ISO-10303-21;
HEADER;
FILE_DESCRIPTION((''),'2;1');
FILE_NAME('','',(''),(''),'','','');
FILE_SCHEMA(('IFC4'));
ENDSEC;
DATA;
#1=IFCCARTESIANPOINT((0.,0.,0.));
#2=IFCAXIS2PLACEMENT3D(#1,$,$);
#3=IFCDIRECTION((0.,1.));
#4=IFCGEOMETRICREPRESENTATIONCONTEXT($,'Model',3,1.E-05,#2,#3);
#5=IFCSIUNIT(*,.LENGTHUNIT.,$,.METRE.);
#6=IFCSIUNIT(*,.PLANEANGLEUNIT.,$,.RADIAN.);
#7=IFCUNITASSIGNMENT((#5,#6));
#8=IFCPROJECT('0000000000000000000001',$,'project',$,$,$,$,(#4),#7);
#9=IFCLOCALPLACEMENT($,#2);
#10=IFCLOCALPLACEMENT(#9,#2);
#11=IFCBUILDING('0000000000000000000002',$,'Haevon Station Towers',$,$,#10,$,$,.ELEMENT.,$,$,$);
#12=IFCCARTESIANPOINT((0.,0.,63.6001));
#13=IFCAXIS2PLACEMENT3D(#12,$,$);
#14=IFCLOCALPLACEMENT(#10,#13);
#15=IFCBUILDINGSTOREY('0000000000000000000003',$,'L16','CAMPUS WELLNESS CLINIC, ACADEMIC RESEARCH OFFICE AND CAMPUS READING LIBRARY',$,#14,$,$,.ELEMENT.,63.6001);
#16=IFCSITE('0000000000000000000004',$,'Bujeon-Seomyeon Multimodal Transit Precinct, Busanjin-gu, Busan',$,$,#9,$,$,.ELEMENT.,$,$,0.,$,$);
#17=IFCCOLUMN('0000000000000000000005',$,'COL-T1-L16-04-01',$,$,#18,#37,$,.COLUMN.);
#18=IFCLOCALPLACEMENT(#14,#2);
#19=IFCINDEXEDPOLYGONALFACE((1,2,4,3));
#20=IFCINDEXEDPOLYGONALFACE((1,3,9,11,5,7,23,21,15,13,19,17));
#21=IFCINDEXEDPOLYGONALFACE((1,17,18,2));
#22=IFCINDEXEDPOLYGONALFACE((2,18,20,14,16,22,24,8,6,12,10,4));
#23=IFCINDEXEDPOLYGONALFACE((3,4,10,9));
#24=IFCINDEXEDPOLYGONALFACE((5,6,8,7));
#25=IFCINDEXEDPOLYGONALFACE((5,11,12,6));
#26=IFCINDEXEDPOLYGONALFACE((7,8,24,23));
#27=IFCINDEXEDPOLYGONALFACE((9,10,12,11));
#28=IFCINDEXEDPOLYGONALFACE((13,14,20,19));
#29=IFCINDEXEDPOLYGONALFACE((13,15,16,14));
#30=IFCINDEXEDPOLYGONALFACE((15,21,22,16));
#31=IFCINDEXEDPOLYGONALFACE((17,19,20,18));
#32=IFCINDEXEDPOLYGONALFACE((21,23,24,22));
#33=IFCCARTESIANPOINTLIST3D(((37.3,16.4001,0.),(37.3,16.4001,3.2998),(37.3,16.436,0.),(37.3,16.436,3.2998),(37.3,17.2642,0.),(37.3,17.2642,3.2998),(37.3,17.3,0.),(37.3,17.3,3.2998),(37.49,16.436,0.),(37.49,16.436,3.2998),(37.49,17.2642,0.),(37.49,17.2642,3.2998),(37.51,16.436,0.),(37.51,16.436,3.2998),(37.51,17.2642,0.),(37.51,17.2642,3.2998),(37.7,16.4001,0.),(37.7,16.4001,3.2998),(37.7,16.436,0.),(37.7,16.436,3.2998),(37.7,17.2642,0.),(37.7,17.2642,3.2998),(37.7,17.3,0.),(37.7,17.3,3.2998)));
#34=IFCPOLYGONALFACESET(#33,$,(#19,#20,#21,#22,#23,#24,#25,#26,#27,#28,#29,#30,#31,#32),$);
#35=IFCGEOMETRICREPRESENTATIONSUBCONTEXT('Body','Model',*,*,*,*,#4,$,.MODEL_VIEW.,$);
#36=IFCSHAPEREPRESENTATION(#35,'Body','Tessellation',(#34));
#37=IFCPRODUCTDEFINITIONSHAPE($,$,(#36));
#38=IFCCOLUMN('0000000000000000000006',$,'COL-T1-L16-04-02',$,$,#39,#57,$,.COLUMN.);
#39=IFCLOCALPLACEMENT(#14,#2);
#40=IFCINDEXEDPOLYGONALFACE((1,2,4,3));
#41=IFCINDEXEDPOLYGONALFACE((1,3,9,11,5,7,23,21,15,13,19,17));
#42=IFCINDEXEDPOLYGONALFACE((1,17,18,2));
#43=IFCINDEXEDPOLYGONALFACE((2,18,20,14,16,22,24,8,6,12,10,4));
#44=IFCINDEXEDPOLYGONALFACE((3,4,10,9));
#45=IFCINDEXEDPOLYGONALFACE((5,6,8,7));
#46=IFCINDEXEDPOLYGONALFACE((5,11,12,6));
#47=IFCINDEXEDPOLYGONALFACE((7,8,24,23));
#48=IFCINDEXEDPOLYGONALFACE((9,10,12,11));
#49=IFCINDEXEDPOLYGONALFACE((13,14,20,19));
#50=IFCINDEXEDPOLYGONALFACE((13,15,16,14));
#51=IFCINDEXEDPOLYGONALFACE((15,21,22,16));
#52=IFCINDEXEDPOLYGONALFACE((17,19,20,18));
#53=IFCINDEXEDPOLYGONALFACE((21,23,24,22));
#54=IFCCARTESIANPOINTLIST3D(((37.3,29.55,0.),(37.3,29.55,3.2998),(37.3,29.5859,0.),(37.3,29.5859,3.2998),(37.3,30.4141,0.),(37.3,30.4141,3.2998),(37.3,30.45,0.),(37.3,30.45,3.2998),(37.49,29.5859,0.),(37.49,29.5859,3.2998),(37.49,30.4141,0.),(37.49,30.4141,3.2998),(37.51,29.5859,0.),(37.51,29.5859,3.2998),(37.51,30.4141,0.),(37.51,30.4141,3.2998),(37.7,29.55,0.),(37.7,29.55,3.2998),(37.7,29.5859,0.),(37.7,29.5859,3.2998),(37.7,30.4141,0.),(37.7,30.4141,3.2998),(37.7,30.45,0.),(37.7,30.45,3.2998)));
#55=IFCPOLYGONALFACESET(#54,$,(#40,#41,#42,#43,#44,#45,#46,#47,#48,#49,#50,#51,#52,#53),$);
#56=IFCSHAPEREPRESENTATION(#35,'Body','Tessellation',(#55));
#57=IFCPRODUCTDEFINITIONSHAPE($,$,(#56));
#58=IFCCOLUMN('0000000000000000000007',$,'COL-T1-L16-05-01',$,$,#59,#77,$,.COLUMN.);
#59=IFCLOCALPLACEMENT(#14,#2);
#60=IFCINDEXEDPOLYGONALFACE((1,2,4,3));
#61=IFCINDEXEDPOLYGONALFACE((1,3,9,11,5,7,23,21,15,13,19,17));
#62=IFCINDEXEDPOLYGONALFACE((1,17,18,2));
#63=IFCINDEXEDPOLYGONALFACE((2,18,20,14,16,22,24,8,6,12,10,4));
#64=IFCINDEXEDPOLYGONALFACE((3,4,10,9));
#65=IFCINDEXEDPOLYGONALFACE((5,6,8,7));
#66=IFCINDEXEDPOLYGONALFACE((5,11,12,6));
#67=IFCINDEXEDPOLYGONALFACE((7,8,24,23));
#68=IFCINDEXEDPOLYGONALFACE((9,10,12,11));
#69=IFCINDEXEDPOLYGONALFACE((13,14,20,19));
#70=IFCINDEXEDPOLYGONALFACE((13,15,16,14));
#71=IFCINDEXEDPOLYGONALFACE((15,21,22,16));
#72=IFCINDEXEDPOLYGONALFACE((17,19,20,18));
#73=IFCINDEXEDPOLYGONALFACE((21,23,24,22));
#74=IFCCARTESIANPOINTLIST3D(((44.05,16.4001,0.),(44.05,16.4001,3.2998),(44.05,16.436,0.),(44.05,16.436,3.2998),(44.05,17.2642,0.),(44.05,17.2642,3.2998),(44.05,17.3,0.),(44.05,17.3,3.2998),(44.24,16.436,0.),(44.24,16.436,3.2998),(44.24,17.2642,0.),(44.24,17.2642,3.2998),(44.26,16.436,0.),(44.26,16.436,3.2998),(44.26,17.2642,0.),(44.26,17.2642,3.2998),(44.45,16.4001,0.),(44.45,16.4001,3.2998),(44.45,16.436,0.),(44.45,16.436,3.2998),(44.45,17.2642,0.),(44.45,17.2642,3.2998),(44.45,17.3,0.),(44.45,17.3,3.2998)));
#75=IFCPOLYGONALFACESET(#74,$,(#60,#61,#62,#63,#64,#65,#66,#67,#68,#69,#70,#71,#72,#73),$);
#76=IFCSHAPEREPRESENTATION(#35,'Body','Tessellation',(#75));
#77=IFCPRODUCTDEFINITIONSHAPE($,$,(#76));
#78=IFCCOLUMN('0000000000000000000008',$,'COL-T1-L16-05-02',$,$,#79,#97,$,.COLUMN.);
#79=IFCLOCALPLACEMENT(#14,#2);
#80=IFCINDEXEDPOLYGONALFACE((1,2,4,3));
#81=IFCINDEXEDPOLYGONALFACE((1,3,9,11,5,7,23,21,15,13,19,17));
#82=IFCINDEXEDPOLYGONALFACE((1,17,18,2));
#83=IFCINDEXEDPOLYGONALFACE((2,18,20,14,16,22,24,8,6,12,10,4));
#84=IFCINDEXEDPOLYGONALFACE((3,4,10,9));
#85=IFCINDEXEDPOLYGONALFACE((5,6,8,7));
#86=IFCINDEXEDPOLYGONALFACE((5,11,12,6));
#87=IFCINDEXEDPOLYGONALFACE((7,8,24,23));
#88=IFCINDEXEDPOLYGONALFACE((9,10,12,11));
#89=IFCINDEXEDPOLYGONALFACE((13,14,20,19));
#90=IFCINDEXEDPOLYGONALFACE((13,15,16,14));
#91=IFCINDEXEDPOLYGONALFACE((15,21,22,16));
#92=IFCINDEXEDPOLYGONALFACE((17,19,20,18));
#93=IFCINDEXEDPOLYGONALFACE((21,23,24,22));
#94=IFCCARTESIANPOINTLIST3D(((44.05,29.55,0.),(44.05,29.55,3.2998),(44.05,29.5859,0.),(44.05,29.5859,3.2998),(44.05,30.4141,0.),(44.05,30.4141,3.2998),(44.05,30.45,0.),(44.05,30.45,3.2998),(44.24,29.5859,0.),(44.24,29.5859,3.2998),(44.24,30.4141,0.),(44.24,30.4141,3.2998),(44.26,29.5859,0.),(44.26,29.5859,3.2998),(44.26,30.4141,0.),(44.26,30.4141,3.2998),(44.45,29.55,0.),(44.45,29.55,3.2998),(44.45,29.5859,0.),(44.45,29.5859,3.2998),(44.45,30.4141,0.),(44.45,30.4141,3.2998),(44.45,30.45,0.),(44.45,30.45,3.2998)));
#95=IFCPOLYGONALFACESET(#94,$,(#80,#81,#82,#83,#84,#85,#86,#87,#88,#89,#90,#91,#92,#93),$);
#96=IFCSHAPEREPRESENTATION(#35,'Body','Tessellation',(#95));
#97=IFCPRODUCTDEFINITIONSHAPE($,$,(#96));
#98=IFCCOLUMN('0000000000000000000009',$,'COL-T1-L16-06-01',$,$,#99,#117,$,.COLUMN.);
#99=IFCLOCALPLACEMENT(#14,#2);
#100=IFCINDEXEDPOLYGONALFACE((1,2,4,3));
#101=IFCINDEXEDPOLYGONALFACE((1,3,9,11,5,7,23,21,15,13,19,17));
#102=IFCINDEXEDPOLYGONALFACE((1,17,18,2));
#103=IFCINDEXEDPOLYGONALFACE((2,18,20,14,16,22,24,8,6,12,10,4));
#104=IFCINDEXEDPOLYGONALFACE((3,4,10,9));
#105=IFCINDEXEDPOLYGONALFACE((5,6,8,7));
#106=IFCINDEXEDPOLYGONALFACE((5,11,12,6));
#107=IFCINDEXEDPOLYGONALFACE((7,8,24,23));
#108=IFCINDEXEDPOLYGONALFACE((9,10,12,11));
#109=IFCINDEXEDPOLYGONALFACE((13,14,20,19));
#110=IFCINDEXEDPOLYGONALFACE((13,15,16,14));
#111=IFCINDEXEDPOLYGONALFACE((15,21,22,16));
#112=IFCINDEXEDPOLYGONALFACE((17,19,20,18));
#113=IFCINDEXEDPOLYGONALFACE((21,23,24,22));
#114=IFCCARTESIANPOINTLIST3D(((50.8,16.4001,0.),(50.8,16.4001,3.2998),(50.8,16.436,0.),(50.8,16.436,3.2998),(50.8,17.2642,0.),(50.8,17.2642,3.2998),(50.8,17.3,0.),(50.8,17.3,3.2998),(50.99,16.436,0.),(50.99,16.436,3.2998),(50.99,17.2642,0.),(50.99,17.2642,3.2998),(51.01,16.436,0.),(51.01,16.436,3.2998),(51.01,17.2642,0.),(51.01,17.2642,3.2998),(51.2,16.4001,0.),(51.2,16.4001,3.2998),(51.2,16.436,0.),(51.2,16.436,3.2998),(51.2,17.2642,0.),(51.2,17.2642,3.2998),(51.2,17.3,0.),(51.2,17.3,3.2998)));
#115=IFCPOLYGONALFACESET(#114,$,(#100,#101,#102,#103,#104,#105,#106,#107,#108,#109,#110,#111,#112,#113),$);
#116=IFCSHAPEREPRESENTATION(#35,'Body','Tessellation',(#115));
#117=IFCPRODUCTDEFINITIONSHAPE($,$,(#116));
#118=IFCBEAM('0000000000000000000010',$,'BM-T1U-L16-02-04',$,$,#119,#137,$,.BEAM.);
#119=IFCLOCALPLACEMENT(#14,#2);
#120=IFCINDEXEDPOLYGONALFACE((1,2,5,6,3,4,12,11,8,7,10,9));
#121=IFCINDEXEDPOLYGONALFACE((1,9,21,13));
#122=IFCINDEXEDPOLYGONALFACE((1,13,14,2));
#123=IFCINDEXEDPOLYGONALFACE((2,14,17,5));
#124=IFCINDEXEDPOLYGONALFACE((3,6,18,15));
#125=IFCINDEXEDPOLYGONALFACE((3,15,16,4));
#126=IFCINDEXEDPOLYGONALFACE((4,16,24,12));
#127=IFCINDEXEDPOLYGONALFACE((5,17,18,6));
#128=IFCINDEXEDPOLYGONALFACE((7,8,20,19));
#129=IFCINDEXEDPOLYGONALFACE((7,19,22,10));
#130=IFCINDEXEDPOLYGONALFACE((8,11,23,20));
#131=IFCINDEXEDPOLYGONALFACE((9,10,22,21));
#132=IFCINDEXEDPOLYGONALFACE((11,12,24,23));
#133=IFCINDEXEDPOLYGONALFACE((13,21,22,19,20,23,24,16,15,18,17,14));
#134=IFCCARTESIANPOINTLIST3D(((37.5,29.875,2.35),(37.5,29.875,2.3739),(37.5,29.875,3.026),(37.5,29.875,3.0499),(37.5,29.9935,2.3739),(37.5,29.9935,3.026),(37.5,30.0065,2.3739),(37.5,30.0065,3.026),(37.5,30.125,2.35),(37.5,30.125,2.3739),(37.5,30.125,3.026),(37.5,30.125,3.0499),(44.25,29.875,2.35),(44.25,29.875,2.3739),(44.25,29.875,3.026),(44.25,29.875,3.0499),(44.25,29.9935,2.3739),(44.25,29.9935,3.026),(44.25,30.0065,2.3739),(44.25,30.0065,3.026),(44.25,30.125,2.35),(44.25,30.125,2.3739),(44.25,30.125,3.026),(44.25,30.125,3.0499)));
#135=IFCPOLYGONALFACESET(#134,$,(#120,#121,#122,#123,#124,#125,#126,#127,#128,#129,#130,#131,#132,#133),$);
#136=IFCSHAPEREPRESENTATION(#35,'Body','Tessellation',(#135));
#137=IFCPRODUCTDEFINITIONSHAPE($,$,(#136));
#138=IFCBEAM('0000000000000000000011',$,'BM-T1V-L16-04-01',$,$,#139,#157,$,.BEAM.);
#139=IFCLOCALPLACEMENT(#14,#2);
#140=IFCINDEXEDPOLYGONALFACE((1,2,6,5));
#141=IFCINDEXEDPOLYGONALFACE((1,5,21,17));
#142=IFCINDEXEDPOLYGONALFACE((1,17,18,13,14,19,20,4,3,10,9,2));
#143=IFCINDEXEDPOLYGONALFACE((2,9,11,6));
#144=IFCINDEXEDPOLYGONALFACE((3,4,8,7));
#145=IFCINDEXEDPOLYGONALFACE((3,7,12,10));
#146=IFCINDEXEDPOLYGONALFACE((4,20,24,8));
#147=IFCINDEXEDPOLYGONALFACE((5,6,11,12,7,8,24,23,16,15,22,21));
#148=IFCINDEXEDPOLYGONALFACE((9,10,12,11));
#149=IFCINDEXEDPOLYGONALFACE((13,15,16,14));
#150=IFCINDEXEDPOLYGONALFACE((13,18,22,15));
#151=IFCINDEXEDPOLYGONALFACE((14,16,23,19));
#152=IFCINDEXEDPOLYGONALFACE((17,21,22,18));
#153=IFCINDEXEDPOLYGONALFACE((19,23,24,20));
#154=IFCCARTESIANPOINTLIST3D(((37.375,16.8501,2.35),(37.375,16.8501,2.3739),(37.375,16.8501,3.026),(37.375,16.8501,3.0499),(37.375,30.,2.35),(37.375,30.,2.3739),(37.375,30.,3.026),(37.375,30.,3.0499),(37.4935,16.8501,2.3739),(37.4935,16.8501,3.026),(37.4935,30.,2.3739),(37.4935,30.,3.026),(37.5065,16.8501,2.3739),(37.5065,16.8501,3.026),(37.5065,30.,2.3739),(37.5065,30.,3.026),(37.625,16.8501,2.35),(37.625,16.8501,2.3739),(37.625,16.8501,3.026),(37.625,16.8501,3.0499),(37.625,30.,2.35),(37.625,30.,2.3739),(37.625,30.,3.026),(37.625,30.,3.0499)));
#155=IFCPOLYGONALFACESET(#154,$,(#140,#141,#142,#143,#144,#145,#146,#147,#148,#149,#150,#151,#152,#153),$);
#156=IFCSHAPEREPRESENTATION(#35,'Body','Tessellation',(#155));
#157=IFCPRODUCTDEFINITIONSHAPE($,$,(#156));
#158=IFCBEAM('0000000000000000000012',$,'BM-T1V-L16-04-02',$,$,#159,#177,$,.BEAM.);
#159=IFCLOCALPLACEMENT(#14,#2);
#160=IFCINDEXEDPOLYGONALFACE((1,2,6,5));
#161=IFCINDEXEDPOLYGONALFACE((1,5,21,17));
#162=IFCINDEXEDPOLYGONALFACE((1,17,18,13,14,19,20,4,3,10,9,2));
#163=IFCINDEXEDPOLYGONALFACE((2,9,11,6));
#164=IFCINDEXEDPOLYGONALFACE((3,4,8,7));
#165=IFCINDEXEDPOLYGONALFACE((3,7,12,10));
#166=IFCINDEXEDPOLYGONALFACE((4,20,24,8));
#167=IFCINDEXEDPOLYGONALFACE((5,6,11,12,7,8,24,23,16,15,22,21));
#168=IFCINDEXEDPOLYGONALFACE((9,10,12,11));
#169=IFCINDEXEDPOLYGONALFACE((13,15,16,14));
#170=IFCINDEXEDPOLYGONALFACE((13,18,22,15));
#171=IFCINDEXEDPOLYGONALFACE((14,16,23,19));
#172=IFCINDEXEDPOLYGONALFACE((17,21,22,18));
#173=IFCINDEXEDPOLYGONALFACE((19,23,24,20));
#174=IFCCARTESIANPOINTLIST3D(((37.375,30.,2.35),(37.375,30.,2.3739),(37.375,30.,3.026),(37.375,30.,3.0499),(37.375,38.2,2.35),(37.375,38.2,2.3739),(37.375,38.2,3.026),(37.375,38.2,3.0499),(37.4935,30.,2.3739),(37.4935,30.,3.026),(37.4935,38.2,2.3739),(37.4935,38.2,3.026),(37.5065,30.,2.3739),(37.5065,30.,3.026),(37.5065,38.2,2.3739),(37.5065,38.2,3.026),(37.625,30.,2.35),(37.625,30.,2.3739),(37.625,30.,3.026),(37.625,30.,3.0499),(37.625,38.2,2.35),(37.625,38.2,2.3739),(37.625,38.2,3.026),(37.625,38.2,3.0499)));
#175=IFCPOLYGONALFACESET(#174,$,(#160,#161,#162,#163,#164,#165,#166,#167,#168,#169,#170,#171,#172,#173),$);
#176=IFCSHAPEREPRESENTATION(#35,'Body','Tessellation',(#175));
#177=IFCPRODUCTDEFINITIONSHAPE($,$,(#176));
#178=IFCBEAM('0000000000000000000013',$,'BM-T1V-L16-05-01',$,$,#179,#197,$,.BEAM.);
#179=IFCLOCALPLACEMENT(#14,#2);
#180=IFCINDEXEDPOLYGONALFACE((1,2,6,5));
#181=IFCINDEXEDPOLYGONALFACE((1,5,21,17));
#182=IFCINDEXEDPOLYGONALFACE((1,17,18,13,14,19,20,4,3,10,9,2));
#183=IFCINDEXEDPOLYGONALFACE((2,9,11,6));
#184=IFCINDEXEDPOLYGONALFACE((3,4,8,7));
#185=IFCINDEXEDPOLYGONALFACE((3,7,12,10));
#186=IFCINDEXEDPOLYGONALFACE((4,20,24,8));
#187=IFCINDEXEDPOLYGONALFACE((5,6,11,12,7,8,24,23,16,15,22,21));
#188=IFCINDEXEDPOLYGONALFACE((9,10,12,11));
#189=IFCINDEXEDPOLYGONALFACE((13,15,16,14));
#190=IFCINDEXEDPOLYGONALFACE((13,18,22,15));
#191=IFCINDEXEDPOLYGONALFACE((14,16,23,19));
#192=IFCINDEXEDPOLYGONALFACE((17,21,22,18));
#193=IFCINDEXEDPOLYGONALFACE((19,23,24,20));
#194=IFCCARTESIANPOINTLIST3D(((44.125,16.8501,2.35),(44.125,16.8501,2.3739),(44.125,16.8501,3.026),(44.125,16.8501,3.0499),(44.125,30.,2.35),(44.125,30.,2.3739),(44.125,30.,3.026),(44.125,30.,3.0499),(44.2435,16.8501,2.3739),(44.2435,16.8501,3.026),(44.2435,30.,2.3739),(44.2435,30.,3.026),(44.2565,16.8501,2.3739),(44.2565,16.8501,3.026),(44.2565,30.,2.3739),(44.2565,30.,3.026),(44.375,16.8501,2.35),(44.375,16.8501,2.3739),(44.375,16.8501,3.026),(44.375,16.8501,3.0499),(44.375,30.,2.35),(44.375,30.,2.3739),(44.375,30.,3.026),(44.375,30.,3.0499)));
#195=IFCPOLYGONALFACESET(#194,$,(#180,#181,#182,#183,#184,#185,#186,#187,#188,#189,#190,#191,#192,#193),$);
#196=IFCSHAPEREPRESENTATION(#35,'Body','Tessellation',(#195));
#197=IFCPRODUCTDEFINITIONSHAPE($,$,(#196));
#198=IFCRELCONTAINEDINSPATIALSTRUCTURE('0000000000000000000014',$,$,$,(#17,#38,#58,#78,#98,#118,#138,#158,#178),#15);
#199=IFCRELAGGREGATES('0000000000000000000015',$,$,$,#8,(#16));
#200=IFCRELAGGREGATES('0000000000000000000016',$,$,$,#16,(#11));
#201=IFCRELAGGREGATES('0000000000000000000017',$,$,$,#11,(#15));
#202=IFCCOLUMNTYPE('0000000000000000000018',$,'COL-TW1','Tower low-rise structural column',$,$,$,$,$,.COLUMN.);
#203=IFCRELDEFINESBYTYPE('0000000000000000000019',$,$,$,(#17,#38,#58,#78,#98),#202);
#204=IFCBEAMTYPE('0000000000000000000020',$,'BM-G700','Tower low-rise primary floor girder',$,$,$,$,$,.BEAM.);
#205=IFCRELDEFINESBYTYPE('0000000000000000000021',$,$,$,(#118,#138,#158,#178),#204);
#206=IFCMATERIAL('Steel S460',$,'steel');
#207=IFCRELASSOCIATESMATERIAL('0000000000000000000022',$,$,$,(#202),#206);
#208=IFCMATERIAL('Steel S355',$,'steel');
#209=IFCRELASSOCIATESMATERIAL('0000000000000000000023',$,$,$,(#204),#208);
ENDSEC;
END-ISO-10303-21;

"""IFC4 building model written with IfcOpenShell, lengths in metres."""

from ifc_helpers import new_model, si_unit, direction, frame, origin, origin_2d, place, context, subcontext, project, spatial, i_section, extrude, material, material_profile, profile_set, type_object, element, save


model = new_model("IFC4")

# Units and contexts
model_context = context("Model", 3, precision=1e-05, world=origin(), true_north=direction((0.0, 1.0)))
body_context = subcontext(model_context, "Body", "Model", "MODEL_VIEW")
ifc_project = project(units=[si_unit("LENGTHUNIT", "METRE"), si_unit("PLANEANGLEUNIT", "RADIAN")], contexts=[model_context])

# Site, building, storey
site_placement = place(None, origin())
site = spatial("IfcSite", under=ifc_project, at=site_placement, Name="Bujeon-Seomyeon Multimodal Transit Precinct, Busanjin-gu, Busan", CompositionType="ELEMENT", RefElevation=0.0)
building_placement = place(site_placement, origin())
building = spatial("IfcBuilding", under=site, at=building_placement, Name="Haevon Station Towers", CompositionType="ELEMENT")
storey_placement = place(building_placement, frame((0.0, 0.0, 63.6001)))
storey = spatial("IfcBuildingStorey", under=building, at=storey_placement, Name="L16", Description="CAMPUS WELLNESS CLINIC, ACADEMIC RESEARCH OFFICE AND CAMPUS READING LIBRARY", CompositionType="ELEMENT", Elevation=63.6001)

# Columns
ifc_material_1 = material(Name="Steel S460", Category="steel")
ifc_material_profile_1 = material_profile(ifc_material_1, i_section(OverallWidth=0.3999, OverallDepth=0.8999, WebThickness=0.02, FlangeThickness=0.0359, at=origin_2d()), Name="H-900x400x20x36")
ifc_profile_set_1 = profile_set([ifc_material_profile_1], Name="Steel S460")
column_type = type_object("IfcColumnType", Name="COL-TW1", Description="Tower low-rise structural column", PredefinedType="COLUMN", material=ifc_profile_set_1)
for number, where, z_axis, x_axis, name in (
    (1, (37.5, 16.8501, 0.0), (0.0, 0.0, 1.0), (1.0, 0.0, 0.0), "COL-T1-L16-04-01"),
    (2, (37.5, 30.0, 0.0), (0.0, 0.0, 1.0), (1.0, 0.0, 0.0), "COL-T1-L16-04-02"),
    (3, (44.25, 16.8501, 0.0), (0.0, 0.0, 1.0), (1.0, 0.0, 0.0), "COL-T1-L16-05-01"),
    (4, (44.25, 30.0, 0.0), (0.0, 0.0, 1.0), (1.0, 0.0, 0.0), "COL-T1-L16-05-02"),
    (5, (51.0, 16.8501, 0.0), (0.0, 0.0, 1.0), (1.0, 0.0, 0.0), "COL-T1-L16-06-01"),
):
    element("IfcColumn", number, at=place(storey_placement, frame(where, z_axis=z_axis, x_axis=x_axis)), inside=storey, type_object=column_type, Name=name, PredefinedType="COLUMN", context=body_context, shape_type="SweptSolid", body=[
        extrude(i_section(OverallWidth=0.3999, OverallDepth=0.8999, WebThickness=0.02, FlangeThickness=0.0359, at=origin_2d()), origin(), (0.0, 0.0, 1.0), 3.2998),
    ])

# Beams
ifc_material_2 = material(Name="Steel S355", Category="steel")
ifc_material_profile_2 = material_profile(ifc_material_2, i_section(OverallWidth=0.25, OverallDepth=0.7, WebThickness=0.0129, FlangeThickness=0.0239, at=origin_2d()), Name="H-700x250x13x24")
ifc_profile_set_2 = profile_set([ifc_material_profile_2], Name="Steel S355")
beam_type_1 = type_object("IfcBeamType", Name="BM-G700", Description="Tower low-rise primary floor girder", PredefinedType="BEAM", material=ifc_profile_set_2)
beam_1_placement = place(storey_placement, frame((37.5, 30.0, 2.7), z_axis=(1.0, 0.0, 0.0), x_axis=(0.0, 1.0, 0.0)))
element("IfcBeam", 6, at=beam_1_placement, inside=storey, type_object=beam_type_1, Name="BM-T1U-L16-02-04", PredefinedType="BEAM", context=body_context, shape_type="SweptSolid", body=[
    extrude(i_section(OverallWidth=0.25, OverallDepth=0.7, WebThickness=0.0129, FlangeThickness=0.0239, at=origin_2d()), origin(), (0.0, 0.0, 1.0), 6.75),
])
beam_2_placement = place(storey_placement, frame((37.5, 16.8501, 2.7), z_axis=(0.0, 1.0, 0.0), x_axis=(-1.0, 0.0, 0.0)))
element("IfcBeam", 7, at=beam_2_placement, inside=storey, type_object=beam_type_1, Name="BM-T1V-L16-04-01", PredefinedType="BEAM", context=body_context, shape_type="SweptSolid", body=[
    extrude(i_section(OverallWidth=0.25, OverallDepth=0.7, WebThickness=0.0129, FlangeThickness=0.0239, at=origin_2d()), origin(), (0.0, 0.0, 1.0), 13.1499),
])
beam_3_placement = place(storey_placement, frame((37.5, 30.0, 2.7), z_axis=(0.0, 1.0, 0.0), x_axis=(-1.0, 0.0, 0.0)))
element("IfcBeam", 8, at=beam_3_placement, inside=storey, type_object=beam_type_1, Name="BM-T1V-L16-04-02", PredefinedType="BEAM", context=body_context, shape_type="SweptSolid", body=[
    extrude(i_section(OverallWidth=0.25, OverallDepth=0.7, WebThickness=0.0129, FlangeThickness=0.0239, at=origin_2d()), origin(), (0.0, 0.0, 1.0), 8.2),
])
beam_4_placement = place(storey_placement, frame((44.25, 16.8501, 2.7), z_axis=(0.0, 1.0, 0.0), x_axis=(-1.0, 0.0, 0.0)))
element("IfcBeam", 9, at=beam_4_placement, inside=storey, type_object=beam_type_1, Name="BM-T1V-L16-05-01", PredefinedType="BEAM", context=body_context, shape_type="SweptSolid", body=[
    extrude(i_section(OverallWidth=0.25, OverallDepth=0.7, WebThickness=0.0129, FlangeThickness=0.0239, at=origin_2d()), origin(), (0.0, 0.0, 1.0), 13.1499),
])

save(model, "model.ifc")
